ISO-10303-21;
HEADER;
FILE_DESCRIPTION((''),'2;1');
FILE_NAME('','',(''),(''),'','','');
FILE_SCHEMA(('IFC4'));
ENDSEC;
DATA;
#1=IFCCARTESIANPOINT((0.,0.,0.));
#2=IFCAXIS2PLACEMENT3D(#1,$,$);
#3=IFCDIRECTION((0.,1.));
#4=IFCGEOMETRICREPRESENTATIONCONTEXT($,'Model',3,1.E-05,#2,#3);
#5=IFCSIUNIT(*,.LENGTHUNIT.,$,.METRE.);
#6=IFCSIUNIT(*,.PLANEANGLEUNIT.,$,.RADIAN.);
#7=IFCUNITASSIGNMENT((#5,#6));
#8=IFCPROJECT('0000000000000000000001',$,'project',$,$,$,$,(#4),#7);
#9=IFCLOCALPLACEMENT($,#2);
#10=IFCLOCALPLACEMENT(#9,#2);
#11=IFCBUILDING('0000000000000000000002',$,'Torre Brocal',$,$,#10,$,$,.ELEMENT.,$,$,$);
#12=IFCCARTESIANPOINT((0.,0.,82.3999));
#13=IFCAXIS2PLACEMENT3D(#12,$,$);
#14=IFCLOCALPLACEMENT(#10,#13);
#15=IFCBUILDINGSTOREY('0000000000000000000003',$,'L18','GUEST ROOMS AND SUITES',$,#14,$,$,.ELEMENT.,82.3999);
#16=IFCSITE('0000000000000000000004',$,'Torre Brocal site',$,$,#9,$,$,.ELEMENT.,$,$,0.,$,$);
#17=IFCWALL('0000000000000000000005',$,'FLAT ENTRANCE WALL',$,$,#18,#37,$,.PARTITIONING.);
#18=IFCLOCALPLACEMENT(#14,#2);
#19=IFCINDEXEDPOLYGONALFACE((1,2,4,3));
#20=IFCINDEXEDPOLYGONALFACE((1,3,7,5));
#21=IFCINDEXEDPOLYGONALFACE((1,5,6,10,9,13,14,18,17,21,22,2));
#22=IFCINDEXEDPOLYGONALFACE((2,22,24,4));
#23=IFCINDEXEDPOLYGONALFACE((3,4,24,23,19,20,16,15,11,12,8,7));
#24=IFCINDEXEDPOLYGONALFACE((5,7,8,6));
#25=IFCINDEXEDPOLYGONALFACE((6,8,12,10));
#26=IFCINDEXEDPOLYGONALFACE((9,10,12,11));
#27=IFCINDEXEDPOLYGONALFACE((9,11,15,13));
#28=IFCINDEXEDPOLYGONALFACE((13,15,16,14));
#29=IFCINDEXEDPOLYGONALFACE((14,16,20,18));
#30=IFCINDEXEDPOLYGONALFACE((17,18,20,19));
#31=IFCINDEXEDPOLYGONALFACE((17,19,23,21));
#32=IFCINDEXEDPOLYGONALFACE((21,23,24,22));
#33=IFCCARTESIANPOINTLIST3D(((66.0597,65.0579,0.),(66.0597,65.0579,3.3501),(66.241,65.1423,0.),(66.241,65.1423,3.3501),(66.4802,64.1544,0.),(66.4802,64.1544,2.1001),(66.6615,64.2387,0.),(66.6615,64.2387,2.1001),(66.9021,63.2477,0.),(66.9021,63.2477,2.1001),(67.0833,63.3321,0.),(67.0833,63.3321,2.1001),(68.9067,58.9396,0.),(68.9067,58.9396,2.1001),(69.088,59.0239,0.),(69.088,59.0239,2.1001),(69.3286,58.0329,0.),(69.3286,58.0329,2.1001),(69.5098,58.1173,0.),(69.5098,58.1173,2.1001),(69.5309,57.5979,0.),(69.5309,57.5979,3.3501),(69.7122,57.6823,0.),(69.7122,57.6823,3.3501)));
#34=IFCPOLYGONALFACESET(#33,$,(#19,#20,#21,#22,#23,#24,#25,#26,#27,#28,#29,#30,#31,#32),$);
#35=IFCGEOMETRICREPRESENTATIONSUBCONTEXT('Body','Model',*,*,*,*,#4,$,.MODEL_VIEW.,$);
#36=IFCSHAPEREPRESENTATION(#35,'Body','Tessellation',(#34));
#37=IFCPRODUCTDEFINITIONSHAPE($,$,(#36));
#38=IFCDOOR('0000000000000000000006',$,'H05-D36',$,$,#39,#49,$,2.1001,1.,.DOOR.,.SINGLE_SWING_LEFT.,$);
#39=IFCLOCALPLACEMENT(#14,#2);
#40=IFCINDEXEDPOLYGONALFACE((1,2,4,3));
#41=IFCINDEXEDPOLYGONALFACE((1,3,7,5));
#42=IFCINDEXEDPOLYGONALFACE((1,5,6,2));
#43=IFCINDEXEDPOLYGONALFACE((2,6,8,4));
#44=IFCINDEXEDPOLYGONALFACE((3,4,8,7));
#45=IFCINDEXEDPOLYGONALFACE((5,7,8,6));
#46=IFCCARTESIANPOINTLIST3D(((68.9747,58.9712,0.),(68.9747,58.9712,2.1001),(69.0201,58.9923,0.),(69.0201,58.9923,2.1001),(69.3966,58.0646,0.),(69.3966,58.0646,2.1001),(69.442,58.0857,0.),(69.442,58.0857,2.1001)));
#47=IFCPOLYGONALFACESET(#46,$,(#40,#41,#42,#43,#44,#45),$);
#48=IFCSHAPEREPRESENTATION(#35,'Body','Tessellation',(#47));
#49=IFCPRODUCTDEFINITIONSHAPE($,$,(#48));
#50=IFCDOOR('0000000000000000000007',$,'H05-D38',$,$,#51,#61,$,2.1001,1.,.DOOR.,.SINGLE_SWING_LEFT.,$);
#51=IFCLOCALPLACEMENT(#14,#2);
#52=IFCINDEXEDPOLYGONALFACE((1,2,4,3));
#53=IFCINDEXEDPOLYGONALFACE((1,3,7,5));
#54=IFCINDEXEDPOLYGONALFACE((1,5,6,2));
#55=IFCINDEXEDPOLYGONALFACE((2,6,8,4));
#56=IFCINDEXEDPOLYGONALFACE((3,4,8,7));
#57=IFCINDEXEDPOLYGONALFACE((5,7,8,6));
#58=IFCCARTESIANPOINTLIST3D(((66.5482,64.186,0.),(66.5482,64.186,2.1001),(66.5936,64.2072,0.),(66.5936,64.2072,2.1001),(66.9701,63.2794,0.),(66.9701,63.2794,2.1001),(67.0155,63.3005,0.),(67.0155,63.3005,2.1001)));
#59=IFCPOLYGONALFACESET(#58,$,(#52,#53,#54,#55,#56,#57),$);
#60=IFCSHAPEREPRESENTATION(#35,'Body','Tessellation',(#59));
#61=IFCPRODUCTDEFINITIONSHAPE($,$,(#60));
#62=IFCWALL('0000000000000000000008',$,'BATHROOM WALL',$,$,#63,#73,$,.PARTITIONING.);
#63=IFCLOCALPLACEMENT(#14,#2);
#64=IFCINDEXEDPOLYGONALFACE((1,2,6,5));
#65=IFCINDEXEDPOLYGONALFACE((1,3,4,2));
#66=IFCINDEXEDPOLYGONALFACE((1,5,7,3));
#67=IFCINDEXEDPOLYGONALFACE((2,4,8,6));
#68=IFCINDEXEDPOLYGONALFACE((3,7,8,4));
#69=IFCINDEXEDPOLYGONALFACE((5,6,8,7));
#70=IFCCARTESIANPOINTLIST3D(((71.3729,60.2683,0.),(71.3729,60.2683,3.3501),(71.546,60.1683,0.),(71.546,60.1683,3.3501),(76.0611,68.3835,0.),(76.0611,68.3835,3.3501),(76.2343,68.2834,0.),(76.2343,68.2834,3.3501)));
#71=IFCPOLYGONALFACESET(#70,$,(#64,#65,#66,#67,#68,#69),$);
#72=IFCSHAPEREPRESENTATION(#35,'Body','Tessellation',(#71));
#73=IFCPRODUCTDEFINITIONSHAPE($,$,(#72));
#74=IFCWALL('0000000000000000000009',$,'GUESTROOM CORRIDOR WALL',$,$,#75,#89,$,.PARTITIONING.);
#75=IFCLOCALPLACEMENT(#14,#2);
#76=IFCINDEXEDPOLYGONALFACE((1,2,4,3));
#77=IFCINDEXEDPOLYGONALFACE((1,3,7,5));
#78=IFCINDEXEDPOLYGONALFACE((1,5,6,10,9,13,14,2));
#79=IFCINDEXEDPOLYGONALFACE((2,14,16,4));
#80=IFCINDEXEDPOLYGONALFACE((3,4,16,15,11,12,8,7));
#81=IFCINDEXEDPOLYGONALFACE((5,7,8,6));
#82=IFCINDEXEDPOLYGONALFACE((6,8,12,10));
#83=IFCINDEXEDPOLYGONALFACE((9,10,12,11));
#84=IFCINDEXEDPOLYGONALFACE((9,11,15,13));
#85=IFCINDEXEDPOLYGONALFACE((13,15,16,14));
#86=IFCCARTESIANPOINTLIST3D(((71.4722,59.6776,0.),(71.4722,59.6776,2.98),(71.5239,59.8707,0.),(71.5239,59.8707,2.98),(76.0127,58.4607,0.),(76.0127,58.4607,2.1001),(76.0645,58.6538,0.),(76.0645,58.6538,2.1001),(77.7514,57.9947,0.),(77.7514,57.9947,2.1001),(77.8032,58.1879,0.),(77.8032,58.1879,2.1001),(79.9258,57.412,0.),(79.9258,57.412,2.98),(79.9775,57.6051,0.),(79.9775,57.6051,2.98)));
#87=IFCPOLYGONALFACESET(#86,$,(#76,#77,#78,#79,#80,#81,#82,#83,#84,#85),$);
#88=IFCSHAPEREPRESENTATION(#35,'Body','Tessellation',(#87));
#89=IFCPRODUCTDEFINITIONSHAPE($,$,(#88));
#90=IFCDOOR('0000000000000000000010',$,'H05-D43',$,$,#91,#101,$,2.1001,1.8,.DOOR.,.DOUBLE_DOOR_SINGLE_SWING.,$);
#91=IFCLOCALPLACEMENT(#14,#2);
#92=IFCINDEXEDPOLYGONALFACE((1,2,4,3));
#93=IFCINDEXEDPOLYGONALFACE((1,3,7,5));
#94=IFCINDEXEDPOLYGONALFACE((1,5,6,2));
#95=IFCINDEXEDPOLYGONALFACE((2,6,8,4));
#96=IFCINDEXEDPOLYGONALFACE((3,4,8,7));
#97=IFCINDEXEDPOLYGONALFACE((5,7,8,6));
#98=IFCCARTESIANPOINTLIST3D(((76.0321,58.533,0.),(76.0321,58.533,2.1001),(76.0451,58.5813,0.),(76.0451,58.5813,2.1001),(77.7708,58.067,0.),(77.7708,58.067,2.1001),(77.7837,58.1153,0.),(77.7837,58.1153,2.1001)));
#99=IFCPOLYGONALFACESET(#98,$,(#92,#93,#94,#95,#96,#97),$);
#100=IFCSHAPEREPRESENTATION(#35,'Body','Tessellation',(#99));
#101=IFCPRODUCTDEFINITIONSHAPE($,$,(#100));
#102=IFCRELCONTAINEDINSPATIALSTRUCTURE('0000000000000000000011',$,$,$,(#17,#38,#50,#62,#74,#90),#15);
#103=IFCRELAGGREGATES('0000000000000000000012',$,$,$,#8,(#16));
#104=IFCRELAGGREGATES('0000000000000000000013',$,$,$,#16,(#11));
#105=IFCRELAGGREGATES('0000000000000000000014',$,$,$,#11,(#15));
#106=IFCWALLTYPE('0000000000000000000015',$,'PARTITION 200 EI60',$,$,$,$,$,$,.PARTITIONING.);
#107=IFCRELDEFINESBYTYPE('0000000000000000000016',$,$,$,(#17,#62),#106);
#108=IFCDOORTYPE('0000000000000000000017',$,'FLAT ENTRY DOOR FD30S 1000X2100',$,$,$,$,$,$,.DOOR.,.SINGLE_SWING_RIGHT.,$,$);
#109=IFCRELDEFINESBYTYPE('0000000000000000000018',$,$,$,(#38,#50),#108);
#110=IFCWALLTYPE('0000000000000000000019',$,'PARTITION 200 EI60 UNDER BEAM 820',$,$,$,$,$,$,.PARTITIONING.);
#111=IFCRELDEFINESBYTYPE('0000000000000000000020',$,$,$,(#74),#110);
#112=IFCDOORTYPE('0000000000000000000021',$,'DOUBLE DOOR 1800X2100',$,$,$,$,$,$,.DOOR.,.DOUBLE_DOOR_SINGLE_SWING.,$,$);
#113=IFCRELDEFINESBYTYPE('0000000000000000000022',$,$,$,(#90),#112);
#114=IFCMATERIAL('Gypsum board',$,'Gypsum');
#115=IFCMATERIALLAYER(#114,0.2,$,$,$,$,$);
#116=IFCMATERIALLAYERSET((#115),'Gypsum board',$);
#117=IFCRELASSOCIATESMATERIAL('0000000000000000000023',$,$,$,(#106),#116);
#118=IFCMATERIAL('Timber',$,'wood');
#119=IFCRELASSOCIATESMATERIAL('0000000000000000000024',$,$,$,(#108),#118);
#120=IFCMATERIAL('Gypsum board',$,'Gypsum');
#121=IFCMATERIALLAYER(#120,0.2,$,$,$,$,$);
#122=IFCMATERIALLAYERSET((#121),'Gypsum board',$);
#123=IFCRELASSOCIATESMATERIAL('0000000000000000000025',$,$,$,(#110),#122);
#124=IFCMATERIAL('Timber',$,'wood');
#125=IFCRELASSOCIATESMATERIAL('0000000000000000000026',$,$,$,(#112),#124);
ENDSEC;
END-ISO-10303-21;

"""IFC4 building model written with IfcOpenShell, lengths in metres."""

from ifc_helpers import new_model, si_unit, direction, frame, frame_2d, origin, place, context, subcontext, project, spatial, rectangle, extrude, material, layer, layer_set, type_object, element, fill, save


model = new_model("IFC4")

# Units and contexts
model_context = context("Model", 3, precision=1e-05, world=origin(), true_north=direction((0.0, 1.0)))
body_context = subcontext(model_context, "Body", "Model", "MODEL_VIEW")
ifc_project = project(units=[si_unit("LENGTHUNIT", "METRE"), si_unit("PLANEANGLEUNIT", "RADIAN")], contexts=[model_context])

# Site, building, storey
site_placement = place(None, origin())
site = spatial("IfcSite", under=ifc_project, at=site_placement, Name="Torre Brocal site", CompositionType="ELEMENT", RefElevation=0.0)
building_placement = place(site_placement, origin())
building = spatial("IfcBuilding", under=site, at=building_placement, Name="Torre Brocal", CompositionType="ELEMENT")
storey_placement = place(building_placement, frame((0.0, 0.0, 82.3999)))
storey = spatial("IfcBuildingStorey", under=building, at=storey_placement, Name="L18", Description="GUEST ROOMS AND SUITES", CompositionType="ELEMENT", Elevation=82.3999)

# Wall, openings, doors
ifc_material_1 = material(Name="Gypsum board", Category="Gypsum")
ifc_layer_1 = layer(ifc_material_1, 0.2)
ifc_layer_set_1 = layer_set([ifc_layer_1], Name="Gypsum board")
wall_type_1 = type_object("IfcWallType", Name="PARTITION 200 EI60", PredefinedType="PARTITIONING", material=ifc_layer_set_1)
wall_1_placement = place(storey_placement, frame((66.1504, 65.1001, 0.0), z_axis=(0.0, 0.0, 1.0), x_axis=(0.421875, -0.906654, 0.0)))
wall_1 = element("IfcWall", 1, at=wall_1_placement, inside=storey, type_object=wall_type_1, Name="FLAT ENTRANCE WALL", PredefinedType="PARTITIONING", context=body_context, shape_type="SweptSolid", body=[
    extrude(rectangle(XDim=8.228, YDim=0.2, at=frame_2d((4.114, 0.0))), origin(), (0.0, 0.0, 1.0), 3.3501),
])
opening_1_placement = place(wall_1_placement, frame((6.7483, 0.0, 0.0)))
opening_1 = element("IfcOpeningElement", 2, at=opening_1_placement, cuts=wall_1, PredefinedType="OPENING", context=body_context, shape_type="SweptSolid", body=[
    extrude(rectangle(XDim=1.0, YDim=2.1001, at=frame_2d((0.5, 1.05))), frame((0.0, 0.1099, 0.0), z_axis=(0.0, -1.0, 0.0), x_axis=(1.0, 0.0, 0.0)), (0.0, 0.0, 1.0), 0.22),
])
opening_2_placement = place(wall_1_placement, frame((0.9966, 0.0, 0.0)))
opening_2 = element("IfcOpeningElement", 3, at=opening_2_placement, cuts=wall_1, PredefinedType="OPENING", context=body_context, shape_type="SweptSolid", body=[
    extrude(rectangle(XDim=1.0, YDim=2.1001, at=frame_2d((0.5, 1.05))), frame((0.0, 0.1099, 0.0), z_axis=(0.0, -1.0, 0.0), x_axis=(1.0, 0.0, 0.0)), (0.0, 0.0, 1.0), 0.22),
])
ifc_material_2 = material(Name="Timber", Category="wood")
door_type_1 = type_object("IfcDoorType", Name="FLAT ENTRY DOOR FD30S 1000X2100", OperationType="SINGLE_SWING_RIGHT", PredefinedType="DOOR", material=ifc_material_2)
door_1_placement = place(opening_1_placement, frame((1.0, 0.0, 0.0), z_axis=(0.0, 0.0, 1.0), x_axis=(-1.0, 0.0, 0.0)))
door_1 = element("IfcDoor", 4, at=door_1_placement, inside=storey, type_object=door_type_1, Name="H05-D36", OperationType="SINGLE_SWING_LEFT", OverallHeight=2.1001, OverallWidth=1.0, PredefinedType="DOOR", context=body_context, shape_type="SweptSolid", body=[
    extrude(rectangle(XDim=1.0, YDim=2.1001, at=frame_2d((0.5, 1.05))), frame((0.0, 0.0249, 0.0), z_axis=(0.0, -1.0, 0.0), x_axis=(1.0, 0.0, 0.0)), (0.0, 0.0, 1.0), 0.05),
])
fill(opening_1, door_1)
door_2_placement = place(opening_2_placement, frame((1.0, 0.0, 0.0), z_axis=(0.0, 0.0, 1.0), x_axis=(-1.0, 0.0, 0.0)))
door_2 = element("IfcDoor", 5, at=door_2_placement, inside=storey, type_object=door_type_1, Name="H05-D38", OperationType="SINGLE_SWING_LEFT", OverallHeight=2.1001, OverallWidth=1.0, PredefinedType="DOOR", context=body_context, shape_type="SweptSolid", body=[
    extrude(rectangle(XDim=1.0, YDim=2.1001, at=frame_2d((0.5, 1.05))), frame((0.0, 0.0249, 0.0), z_axis=(0.0, -1.0, 0.0), x_axis=(1.0, 0.0, 0.0)), (0.0, 0.0, 1.0), 0.05),
])
fill(opening_2, door_2)

# Wall
wall_2_placement = place(storey_placement, frame((71.4595, 60.2183, 0.0), z_axis=(0.0, 0.0, 1.0), x_axis=(0.500232, 0.865891, 0.0)))
element("IfcWall", 6, at=wall_2_placement, inside=storey, type_object=wall_type_1, Name="BATHROOM WALL", PredefinedType="PARTITIONING", context=body_context, shape_type="SweptSolid", body=[
    extrude(rectangle(XDim=9.3721, YDim=0.2, at=frame_2d((4.686, 0.0))), origin(), (0.0, 0.0, 1.0), 3.3501),
])

# Wall, opening, door
ifc_material_3 = material(Name="Gypsum board", Category="Gypsum")
ifc_layer_2 = layer(ifc_material_3, 0.2)
ifc_layer_set_2 = layer_set([ifc_layer_2], Name="Gypsum board")
wall_type_2 = type_object("IfcWallType", Name="PARTITION 200 EI60 UNDER BEAM 820", PredefinedType="PARTITIONING", material=ifc_layer_set_2)
wall_3_placement = place(storey_placement, frame((71.498, 59.7742, 0.0), z_axis=(0.0, 0.0, 1.0), x_axis=(0.965912, -0.258871, 0.0)))
wall_3 = element("IfcWall", 7, at=wall_3_placement, inside=storey, type_object=wall_type_2, Name="GUESTROOM CORRIDOR WALL", PredefinedType="PARTITIONING", context=body_context, shape_type="SweptSolid", body=[
    extrude(rectangle(XDim=8.752, YDim=0.2, at=frame_2d((4.376, 0.0))), origin(), (0.0, 0.0, 1.0), 2.98),
])
opening_3_placement = place(wall_3_placement, frame((4.7009, 0.0, 0.0)))
opening_3 = element("IfcOpeningElement", 8, at=opening_3_placement, cuts=wall_3, PredefinedType="OPENING", context=body_context, shape_type="SweptSolid", body=[
    extrude(rectangle(XDim=1.8, YDim=2.1001, at=frame_2d((0.8999, 1.05))), frame((0.0, 0.1099, 0.0), z_axis=(0.0, -1.0, 0.0), x_axis=(1.0, 0.0, 0.0)), (0.0, 0.0, 1.0), 0.22),
])
ifc_material_4 = material(Name="Timber", Category="wood")
door_type_2 = type_object("IfcDoorType", Name="DOUBLE DOOR 1800X2100", OperationType="DOUBLE_DOOR_SINGLE_SWING", PredefinedType="DOOR", material=ifc_material_4)
door_3_placement = place(opening_3_placement, origin())
door_3 = element("IfcDoor", 9, at=door_3_placement, inside=storey, type_object=door_type_2, Name="H05-D43", OperationType="DOUBLE_DOOR_SINGLE_SWING", OverallHeight=2.1001, OverallWidth=1.8, PredefinedType="DOOR", context=body_context, shape_type="SweptSolid", body=[
    extrude(rectangle(XDim=1.8, YDim=2.1001, at=frame_2d((0.8999, 1.05))), frame((0.0, 0.0249, 0.0), z_axis=(0.0, -1.0, 0.0), x_axis=(1.0, 0.0, 0.0)), (0.0, 0.0, 1.0), 0.05),
])
fill(opening_3, door_3)

save(model, "model.ifc")
